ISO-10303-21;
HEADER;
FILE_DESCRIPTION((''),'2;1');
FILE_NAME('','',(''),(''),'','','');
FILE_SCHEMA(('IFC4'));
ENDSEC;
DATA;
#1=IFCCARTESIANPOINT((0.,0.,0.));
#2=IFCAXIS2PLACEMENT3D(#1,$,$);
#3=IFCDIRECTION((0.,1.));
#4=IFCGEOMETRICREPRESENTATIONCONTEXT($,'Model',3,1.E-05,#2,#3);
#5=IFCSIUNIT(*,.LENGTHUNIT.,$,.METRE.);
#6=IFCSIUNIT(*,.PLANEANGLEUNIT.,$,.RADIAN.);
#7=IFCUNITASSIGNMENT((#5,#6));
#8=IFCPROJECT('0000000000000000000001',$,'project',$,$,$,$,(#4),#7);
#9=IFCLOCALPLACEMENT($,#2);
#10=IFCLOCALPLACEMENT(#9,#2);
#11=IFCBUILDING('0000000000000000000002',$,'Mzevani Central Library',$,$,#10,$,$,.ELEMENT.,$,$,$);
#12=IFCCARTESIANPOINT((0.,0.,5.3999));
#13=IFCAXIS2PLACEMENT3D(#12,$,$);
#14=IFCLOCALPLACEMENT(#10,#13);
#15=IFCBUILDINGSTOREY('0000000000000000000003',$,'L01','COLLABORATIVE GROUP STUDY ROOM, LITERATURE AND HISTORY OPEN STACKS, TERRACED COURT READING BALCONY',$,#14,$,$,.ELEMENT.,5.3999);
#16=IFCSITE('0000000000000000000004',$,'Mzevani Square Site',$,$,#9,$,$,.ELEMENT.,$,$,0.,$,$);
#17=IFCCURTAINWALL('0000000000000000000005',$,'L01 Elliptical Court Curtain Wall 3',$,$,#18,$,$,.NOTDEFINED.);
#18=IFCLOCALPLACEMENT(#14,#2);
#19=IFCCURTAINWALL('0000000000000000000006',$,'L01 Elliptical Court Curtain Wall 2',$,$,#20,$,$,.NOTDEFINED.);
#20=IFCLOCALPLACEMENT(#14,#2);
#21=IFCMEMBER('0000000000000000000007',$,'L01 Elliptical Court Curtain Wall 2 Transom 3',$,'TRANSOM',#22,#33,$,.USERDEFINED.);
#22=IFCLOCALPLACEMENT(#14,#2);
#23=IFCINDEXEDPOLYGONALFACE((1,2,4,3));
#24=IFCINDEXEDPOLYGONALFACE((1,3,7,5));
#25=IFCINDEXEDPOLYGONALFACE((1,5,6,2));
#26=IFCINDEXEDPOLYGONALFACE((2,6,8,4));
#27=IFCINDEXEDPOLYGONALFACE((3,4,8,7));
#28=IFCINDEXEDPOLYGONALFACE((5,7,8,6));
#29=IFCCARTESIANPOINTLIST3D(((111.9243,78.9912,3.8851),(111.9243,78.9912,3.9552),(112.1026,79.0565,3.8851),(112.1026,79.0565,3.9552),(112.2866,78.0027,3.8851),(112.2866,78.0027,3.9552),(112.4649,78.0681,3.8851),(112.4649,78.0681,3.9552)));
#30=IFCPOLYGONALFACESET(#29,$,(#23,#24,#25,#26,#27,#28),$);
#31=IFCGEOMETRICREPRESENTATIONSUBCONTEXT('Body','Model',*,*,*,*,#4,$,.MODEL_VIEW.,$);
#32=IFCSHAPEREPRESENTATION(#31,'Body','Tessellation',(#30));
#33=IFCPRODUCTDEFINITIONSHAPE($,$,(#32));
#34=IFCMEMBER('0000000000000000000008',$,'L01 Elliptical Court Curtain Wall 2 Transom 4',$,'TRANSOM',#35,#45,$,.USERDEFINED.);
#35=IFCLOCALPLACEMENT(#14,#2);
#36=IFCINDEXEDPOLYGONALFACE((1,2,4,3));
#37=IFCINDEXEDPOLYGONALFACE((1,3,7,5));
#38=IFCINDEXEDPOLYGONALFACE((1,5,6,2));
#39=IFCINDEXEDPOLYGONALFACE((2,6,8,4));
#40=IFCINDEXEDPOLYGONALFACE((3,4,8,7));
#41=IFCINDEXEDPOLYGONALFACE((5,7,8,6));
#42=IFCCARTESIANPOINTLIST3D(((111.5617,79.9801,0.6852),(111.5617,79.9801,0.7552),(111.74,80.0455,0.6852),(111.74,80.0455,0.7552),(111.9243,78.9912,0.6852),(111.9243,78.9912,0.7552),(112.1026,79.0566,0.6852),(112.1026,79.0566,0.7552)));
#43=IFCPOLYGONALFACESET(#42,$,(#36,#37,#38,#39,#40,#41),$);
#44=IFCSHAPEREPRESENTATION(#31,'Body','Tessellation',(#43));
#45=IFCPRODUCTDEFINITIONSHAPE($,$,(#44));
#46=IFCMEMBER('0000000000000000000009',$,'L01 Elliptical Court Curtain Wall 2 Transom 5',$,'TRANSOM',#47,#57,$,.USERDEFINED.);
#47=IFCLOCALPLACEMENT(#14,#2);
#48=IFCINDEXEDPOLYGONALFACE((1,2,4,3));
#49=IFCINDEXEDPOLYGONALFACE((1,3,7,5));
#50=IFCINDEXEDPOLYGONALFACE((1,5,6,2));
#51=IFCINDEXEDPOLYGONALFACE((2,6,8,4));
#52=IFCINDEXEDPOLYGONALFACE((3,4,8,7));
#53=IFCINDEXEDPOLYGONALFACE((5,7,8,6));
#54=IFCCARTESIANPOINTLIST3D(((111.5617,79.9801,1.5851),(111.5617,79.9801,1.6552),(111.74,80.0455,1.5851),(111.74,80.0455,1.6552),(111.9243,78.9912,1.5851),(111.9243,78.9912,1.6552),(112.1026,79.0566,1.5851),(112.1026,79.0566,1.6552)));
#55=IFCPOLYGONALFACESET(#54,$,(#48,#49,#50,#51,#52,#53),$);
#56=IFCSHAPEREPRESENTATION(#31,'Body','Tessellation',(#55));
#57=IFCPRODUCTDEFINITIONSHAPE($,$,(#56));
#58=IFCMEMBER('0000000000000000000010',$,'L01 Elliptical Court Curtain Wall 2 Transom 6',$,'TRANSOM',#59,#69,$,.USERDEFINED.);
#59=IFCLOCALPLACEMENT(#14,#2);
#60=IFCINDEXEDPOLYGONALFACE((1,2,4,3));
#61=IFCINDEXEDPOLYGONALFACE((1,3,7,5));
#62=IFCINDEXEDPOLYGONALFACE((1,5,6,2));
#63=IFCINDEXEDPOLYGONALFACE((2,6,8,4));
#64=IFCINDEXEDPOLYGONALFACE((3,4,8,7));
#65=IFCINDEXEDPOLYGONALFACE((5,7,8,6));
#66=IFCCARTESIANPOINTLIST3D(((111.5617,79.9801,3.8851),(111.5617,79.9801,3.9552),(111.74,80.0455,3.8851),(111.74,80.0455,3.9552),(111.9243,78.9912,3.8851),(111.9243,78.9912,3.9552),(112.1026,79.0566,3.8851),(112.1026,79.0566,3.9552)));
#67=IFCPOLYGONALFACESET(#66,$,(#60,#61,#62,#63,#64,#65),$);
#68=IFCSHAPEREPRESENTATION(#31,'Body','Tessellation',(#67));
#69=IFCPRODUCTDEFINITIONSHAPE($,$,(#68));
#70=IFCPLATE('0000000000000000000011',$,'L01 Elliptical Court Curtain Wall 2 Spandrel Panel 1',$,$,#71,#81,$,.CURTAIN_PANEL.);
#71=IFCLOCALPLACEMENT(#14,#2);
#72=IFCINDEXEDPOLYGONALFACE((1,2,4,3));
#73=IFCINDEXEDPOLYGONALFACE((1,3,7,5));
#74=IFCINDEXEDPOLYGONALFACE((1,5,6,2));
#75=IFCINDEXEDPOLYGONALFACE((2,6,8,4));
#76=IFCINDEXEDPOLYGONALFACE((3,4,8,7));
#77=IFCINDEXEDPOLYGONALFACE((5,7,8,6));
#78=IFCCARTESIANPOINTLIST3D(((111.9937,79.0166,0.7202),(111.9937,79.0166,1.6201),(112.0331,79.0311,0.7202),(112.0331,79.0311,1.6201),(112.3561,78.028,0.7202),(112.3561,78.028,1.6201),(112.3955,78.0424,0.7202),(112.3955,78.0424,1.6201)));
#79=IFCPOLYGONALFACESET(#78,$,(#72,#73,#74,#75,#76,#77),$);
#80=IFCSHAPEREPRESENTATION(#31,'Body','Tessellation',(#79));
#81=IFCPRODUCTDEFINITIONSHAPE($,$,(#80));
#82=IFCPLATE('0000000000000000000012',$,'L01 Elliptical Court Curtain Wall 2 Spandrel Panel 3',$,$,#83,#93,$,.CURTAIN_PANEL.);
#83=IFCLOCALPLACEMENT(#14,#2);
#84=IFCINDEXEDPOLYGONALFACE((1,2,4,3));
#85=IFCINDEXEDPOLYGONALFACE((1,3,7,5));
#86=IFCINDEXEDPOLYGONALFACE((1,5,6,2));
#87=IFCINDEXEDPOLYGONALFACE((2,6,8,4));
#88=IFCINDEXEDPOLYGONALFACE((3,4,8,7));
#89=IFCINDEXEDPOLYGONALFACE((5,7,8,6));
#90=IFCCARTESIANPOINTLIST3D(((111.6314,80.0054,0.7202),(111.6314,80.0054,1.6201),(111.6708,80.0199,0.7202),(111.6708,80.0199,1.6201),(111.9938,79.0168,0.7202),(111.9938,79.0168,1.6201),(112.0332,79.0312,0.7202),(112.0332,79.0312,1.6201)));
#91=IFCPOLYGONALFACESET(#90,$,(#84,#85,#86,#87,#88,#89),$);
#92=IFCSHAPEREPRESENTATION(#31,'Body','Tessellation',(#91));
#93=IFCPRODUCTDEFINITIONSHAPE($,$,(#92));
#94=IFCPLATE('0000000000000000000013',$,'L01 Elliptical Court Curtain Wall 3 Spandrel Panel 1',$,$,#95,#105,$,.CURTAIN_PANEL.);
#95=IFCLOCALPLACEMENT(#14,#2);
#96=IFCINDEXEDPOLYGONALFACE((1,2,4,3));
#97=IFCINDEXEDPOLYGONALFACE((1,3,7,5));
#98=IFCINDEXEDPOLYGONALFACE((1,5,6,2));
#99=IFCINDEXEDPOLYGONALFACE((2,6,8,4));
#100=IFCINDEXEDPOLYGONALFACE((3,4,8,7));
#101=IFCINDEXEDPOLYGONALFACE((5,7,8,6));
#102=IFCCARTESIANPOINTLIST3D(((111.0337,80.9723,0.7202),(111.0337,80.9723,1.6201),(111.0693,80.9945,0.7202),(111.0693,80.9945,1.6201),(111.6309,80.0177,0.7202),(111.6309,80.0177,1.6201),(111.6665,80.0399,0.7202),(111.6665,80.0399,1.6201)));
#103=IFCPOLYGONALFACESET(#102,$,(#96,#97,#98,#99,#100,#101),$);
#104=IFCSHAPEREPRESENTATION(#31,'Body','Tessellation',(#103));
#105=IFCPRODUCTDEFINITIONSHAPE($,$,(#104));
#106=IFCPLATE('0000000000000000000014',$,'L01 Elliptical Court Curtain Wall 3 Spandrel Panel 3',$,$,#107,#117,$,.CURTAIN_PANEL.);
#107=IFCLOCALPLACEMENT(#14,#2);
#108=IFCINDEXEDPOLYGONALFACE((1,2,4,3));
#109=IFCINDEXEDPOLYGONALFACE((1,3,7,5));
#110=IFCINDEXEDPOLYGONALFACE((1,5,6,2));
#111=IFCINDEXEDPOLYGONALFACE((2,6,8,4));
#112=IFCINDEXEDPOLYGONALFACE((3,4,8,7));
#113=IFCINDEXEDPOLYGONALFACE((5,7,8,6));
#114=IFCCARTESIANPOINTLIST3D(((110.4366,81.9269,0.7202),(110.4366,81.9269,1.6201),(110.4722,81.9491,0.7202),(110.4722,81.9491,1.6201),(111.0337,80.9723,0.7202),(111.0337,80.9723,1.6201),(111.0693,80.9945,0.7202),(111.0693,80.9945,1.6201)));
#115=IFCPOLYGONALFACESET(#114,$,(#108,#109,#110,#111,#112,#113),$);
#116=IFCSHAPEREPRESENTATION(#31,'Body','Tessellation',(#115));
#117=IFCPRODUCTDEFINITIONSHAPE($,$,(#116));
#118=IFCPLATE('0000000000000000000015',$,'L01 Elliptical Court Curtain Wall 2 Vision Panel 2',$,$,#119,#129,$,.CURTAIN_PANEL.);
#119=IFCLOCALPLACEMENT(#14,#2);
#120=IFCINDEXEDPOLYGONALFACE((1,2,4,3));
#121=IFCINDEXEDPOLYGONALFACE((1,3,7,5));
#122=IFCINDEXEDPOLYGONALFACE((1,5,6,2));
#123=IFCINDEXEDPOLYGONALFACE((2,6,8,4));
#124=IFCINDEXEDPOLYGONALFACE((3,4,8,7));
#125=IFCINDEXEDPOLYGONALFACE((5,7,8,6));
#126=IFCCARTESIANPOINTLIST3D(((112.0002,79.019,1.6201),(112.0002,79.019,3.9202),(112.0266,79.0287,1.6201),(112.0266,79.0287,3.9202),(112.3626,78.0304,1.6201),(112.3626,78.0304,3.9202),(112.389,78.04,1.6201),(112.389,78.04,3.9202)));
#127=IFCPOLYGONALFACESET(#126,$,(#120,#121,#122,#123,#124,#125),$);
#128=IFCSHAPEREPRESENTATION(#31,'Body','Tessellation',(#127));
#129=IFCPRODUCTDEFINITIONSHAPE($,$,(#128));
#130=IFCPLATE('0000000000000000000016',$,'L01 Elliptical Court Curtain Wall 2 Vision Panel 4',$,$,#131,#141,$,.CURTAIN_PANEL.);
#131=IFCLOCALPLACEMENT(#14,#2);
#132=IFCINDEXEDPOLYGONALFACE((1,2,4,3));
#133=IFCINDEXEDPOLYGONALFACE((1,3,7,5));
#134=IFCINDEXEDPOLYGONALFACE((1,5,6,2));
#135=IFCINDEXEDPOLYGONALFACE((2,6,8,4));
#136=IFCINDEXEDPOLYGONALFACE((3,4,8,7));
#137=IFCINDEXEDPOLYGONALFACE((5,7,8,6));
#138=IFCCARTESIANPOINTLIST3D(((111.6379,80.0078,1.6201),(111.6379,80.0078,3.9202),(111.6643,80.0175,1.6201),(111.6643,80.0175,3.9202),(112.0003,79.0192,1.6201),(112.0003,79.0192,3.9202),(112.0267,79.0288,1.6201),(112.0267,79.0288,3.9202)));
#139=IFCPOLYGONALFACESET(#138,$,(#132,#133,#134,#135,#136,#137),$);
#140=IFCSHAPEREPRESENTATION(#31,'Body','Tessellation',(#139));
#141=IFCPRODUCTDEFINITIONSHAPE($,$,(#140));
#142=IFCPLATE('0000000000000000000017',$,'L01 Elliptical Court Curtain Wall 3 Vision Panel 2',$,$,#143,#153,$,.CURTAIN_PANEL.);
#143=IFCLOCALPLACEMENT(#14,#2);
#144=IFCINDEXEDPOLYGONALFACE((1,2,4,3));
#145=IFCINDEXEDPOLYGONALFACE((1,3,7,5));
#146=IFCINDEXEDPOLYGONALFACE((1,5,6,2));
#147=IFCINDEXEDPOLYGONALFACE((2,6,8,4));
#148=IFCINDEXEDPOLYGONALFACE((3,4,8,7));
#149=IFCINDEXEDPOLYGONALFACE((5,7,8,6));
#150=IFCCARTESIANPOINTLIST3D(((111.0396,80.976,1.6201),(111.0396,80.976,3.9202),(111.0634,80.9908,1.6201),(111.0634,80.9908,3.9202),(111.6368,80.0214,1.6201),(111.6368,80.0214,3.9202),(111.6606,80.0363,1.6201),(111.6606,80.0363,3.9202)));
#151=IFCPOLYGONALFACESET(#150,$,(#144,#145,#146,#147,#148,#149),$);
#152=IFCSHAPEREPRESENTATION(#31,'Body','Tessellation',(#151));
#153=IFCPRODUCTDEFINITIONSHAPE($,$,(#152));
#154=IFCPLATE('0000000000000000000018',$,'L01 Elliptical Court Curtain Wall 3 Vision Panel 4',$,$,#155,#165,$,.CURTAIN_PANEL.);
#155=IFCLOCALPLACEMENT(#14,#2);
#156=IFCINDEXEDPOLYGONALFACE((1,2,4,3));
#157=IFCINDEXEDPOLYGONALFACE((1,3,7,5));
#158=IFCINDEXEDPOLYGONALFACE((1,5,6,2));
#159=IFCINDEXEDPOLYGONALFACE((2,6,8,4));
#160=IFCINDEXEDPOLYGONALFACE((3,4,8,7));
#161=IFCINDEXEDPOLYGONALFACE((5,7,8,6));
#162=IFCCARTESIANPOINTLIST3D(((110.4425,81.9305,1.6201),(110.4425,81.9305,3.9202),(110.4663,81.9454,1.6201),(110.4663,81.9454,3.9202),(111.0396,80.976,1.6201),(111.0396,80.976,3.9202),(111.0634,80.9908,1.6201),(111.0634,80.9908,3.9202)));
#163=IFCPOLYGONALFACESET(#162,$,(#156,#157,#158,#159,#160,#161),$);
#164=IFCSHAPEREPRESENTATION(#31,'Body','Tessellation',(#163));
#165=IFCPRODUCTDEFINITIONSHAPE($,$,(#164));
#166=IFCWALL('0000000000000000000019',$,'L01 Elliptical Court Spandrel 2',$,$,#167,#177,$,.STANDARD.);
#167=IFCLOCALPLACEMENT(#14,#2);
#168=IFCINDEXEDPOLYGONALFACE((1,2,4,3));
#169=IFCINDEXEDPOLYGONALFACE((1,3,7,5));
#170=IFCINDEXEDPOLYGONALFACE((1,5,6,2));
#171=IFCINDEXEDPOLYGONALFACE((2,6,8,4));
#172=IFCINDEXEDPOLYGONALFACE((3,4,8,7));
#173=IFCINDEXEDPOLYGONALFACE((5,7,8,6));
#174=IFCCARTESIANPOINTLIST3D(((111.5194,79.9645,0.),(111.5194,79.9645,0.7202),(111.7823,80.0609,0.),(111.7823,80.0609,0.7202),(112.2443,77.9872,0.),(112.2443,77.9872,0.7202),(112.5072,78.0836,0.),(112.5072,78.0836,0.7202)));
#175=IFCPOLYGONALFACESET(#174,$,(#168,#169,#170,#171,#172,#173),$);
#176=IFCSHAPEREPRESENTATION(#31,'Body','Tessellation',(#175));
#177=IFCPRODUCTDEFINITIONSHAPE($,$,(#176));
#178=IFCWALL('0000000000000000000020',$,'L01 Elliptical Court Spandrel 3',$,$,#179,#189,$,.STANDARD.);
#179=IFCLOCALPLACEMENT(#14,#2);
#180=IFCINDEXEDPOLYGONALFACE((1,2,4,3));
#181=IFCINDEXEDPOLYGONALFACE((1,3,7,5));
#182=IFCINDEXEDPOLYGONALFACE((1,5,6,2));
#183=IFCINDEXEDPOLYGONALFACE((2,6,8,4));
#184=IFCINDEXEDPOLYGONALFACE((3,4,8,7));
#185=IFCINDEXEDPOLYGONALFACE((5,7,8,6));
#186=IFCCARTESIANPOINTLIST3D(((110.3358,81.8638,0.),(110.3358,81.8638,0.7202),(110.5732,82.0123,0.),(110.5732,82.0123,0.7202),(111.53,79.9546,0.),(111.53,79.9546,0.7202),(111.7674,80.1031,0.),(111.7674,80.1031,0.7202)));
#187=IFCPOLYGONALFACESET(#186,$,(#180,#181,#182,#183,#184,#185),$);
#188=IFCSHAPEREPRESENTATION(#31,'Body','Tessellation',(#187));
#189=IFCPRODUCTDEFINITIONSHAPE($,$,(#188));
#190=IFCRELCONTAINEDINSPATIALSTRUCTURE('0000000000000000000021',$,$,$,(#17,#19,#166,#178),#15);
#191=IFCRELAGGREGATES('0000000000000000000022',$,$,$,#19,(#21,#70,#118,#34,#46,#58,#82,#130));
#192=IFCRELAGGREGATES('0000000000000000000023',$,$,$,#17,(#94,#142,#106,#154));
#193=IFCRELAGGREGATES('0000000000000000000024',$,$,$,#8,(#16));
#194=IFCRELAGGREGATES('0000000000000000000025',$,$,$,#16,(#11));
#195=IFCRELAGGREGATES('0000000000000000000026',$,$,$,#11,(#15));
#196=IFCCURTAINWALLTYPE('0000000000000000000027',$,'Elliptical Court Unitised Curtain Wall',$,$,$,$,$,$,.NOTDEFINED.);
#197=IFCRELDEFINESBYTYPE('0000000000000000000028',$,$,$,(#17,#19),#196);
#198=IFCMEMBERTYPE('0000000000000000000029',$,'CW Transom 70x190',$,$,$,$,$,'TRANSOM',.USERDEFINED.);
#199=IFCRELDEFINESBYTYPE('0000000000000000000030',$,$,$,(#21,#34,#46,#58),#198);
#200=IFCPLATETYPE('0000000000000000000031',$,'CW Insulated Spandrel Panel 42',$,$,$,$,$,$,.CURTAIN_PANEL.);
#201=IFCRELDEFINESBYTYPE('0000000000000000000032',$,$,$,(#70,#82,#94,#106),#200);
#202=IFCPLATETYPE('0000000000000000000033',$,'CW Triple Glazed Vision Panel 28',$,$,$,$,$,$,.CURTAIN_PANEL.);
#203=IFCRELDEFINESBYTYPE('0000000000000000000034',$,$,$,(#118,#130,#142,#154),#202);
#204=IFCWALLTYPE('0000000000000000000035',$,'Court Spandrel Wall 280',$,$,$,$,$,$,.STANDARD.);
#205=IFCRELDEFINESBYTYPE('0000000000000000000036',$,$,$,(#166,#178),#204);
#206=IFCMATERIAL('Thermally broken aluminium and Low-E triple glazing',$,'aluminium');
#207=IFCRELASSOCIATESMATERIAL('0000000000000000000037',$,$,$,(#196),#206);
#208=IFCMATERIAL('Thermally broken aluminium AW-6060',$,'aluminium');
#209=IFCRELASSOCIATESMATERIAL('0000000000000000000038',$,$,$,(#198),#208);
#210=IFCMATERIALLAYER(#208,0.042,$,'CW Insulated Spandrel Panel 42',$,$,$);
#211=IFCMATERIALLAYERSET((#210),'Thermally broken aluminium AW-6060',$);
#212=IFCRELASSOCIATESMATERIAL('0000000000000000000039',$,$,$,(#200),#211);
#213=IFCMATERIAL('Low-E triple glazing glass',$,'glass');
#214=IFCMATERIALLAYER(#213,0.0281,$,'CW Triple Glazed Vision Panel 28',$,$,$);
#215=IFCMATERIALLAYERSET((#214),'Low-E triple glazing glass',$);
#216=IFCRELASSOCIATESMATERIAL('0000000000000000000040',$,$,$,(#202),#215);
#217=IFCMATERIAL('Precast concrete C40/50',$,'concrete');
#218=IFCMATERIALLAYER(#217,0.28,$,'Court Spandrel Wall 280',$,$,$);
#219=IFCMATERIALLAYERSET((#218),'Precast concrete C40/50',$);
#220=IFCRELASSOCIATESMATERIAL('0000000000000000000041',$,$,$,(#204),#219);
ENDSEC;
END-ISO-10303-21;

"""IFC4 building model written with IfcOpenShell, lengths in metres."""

from ifc_helpers import new_model, si_unit, direction, frame, frame_2d, origin, origin_2d, place, context, subcontext, project, spatial, rectangle, extrude, material, layer, layer_set, material_profile, profile_set, type_object, element, aggregate, save


model = new_model("IFC4")

# Units and contexts
model_context = context("Model", 3, precision=1e-05, world=origin(), true_north=direction((0.0, 1.0)))
body_context = subcontext(model_context, "Body", "Model", "MODEL_VIEW")
ifc_project = project(units=[si_unit("LENGTHUNIT", "METRE"), si_unit("PLANEANGLEUNIT", "RADIAN")], contexts=[model_context])

# Site, building, storey
site_placement = place(None, origin())
site = spatial("IfcSite", under=ifc_project, at=site_placement, Name="Mzevani Square Site", CompositionType="ELEMENT", RefElevation=0.0)
building_placement = place(site_placement, origin())
building = spatial("IfcBuilding", under=site, at=building_placement, Name="Mzevani Central Library", CompositionType="ELEMENT")
storey_placement = place(building_placement, frame((0.0, 0.0, 5.3999)))
storey = spatial("IfcBuildingStorey", under=building, at=storey_placement, Name="L01", Description="COLLABORATIVE GROUP STUDY ROOM, LITERATURE AND HISTORY OPEN STACKS, TERRACED COURT READING BALCONY", CompositionType="ELEMENT", Elevation=5.3999)

# Curtain wall
ifc_material_1 = material(Name="Thermally broken aluminium and Low-E triple glazing", Category="aluminium")
curtain_wall_type_1 = type_object("IfcCurtainWallType", Name="Elliptical Court Unitised Curtain Wall", PredefinedType="NOTDEFINED", material=ifc_material_1)
curtain_wall_1_placement = place(storey_placement, origin())
curtain_wall_1 = element("IfcCurtainWall", 1, at=curtain_wall_1_placement, inside=storey, type_object=curtain_wall_type_1, Name="L01 Elliptical Court Curtain Wall 3", PredefinedType="NOTDEFINED")
ifc_material_2 = material(Name="Thermally broken aluminium AW-6060", Category="aluminium")

# Curtain wall
curtain_wall_2_placement = place(storey_placement, origin())
curtain_wall_2 = element("IfcCurtainWall", 2, at=curtain_wall_2_placement, inside=storey, type_object=curtain_wall_type_1, Name="L01 Elliptical Court Curtain Wall 2", PredefinedType="NOTDEFINED")

# Members
ifc_material_profile_1 = material_profile(ifc_material_2, rectangle(XDim=0.1899, YDim=0.0701, at=origin_2d()), Name="ALU T70x190")
ifc_profile_set_1 = profile_set([ifc_material_profile_1], Name="Thermally broken aluminium AW-6060")
member_type_1 = type_object("IfcMemberType", Name="CW Transom 70x190", ElementType="TRANSOM", PredefinedType="USERDEFINED", material=ifc_profile_set_1)
member_1_placement = place(storey_placement, frame((112.3757, 78.0354, 3.9202), z_axis=(-0.344125, 0.938924, 0.0), x_axis=(-0.938924, -0.344125, 0.0)))
member_1 = element("IfcMember", 3, at=member_1_placement, type_object=member_type_1, Name="L01 Elliptical Court Curtain Wall 2 Transom 3", ObjectType="TRANSOM", PredefinedType="USERDEFINED", context=body_context, shape_type="SweptSolid", body=[
    extrude(rectangle(XDim=0.1899, YDim=0.0701, at=origin_2d()), origin(), (0.0, 0.0, 1.0), 1.0527),
])
member_2_placement = place(storey_placement, frame((112.0134, 79.0239, 0.7202), z_axis=(-0.344255, 0.938876, 0.0), x_axis=(-0.938876, -0.344255, 0.0)))
member_2 = element("IfcMember", 4, at=member_2_placement, type_object=member_type_1, Name="L01 Elliptical Court Curtain Wall 2 Transom 4", ObjectType="TRANSOM", PredefinedType="USERDEFINED", context=body_context, shape_type="SweptSolid", body=[
    extrude(rectangle(XDim=0.1899, YDim=0.0701, at=origin_2d()), origin(), (0.0, 0.0, 1.0), 1.0532),
])
member_3_placement = place(storey_placement, frame((112.0134, 79.0239, 1.6201), z_axis=(-0.344255, 0.938876, 0.0), x_axis=(-0.938876, -0.344255, 0.0)))
member_3 = element("IfcMember", 5, at=member_3_placement, type_object=member_type_1, Name="L01 Elliptical Court Curtain Wall 2 Transom 5", ObjectType="TRANSOM", PredefinedType="USERDEFINED", context=body_context, shape_type="SweptSolid", body=[
    extrude(rectangle(XDim=0.1899, YDim=0.0701, at=origin_2d()), origin(), (0.0, 0.0, 1.0), 1.0532),
])
member_4_placement = place(storey_placement, frame((112.0134, 79.0239, 3.9202), z_axis=(-0.344255, 0.938876, 0.0), x_axis=(-0.938876, -0.344255, 0.0)))
member_4 = element("IfcMember", 6, at=member_4_placement, type_object=member_type_1, Name="L01 Elliptical Court Curtain Wall 2 Transom 6", ObjectType="TRANSOM", PredefinedType="USERDEFINED", context=body_context, shape_type="SweptSolid", body=[
    extrude(rectangle(XDim=0.1899, YDim=0.0701, at=origin_2d()), origin(), (0.0, 0.0, 1.0), 1.0532),
])

# Plates
ifc_layer_1 = layer(ifc_material_2, 0.042, Name="CW Insulated Spandrel Panel 42")
ifc_layer_set_1 = layer_set([ifc_layer_1], Name="Thermally broken aluminium AW-6060")
plate_type_1 = type_object("IfcPlateType", Name="CW Insulated Spandrel Panel 42", PredefinedType="CURTAIN_PANEL", material=ifc_layer_set_1)
plate_1_placement = place(storey_placement, frame((112.1946, 78.5295, 0.7202), z_axis=(0.0, 0.0, 1.0), x_axis=(-0.344166, 0.938909, 0.0)))
plate_1 = element("IfcPlate", 7, at=plate_1_placement, type_object=plate_type_1, Name="L01 Elliptical Court Curtain Wall 2 Spandrel Panel 1", PredefinedType="CURTAIN_PANEL", context=body_context, shape_type="SweptSolid", body=[
    extrude(rectangle(XDim=1.053, YDim=0.042, at=origin_2d()), origin(), (0.0, 0.0, 1.0), 0.8999),
])
plate_2_placement = place(storey_placement, frame((111.8323, 79.5183, 0.7202), z_axis=(0.0, 0.0, 1.0), x_axis=(-0.344166, 0.938909, 0.0)))
plate_2 = element("IfcPlate", 8, at=plate_2_placement, type_object=plate_type_1, Name="L01 Elliptical Court Curtain Wall 2 Spandrel Panel 3", PredefinedType="CURTAIN_PANEL", context=body_context, shape_type="SweptSolid", body=[
    extrude(rectangle(XDim=1.053, YDim=0.042, at=origin_2d()), origin(), (0.0, 0.0, 1.0), 0.8999),
])
plate_3_placement = place(storey_placement, frame((111.3501, 80.5061, 0.7202), z_axis=(0.0, 0.0, 1.0), x_axis=(-0.530343, 0.847783, 0.0)))
plate_3 = element("IfcPlate", 9, at=plate_3_placement, type_object=plate_type_1, Name="L01 Elliptical Court Curtain Wall 3 Spandrel Panel 1", PredefinedType="CURTAIN_PANEL", context=body_context, shape_type="SweptSolid", body=[
    extrude(rectangle(XDim=1.126, YDim=0.042, at=origin_2d()), origin(), (0.0, 0.0, 1.0), 0.8999),
])
plate_4_placement = place(storey_placement, frame((110.7529, 81.4607, 0.7202), z_axis=(0.0, 0.0, 1.0), x_axis=(-0.530343, 0.847783, 0.0)))
plate_4 = element("IfcPlate", 10, at=plate_4_placement, type_object=plate_type_1, Name="L01 Elliptical Court Curtain Wall 3 Spandrel Panel 3", PredefinedType="CURTAIN_PANEL", context=body_context, shape_type="SweptSolid", body=[
    extrude(rectangle(XDim=1.126, YDim=0.042, at=origin_2d()), origin(), (0.0, 0.0, 1.0), 0.8999),
])
ifc_material_3 = material(Name="Low-E triple glazing glass", Category="glass")
ifc_layer_2 = layer(ifc_material_3, 0.0281, Name="CW Triple Glazed Vision Panel 28")
ifc_layer_set_2 = layer_set([ifc_layer_2], Name="Low-E triple glazing glass")
plate_type_2 = type_object("IfcPlateType", Name="CW Triple Glazed Vision Panel 28", PredefinedType="CURTAIN_PANEL", material=ifc_layer_set_2)
plate_5_placement = place(storey_placement, frame((112.1946, 78.5295, 1.6201), z_axis=(0.0, 0.0, 1.0), x_axis=(-0.344166, 0.938909, 0.0)))
plate_5 = element("IfcPlate", 11, at=plate_5_placement, type_object=plate_type_2, Name="L01 Elliptical Court Curtain Wall 2 Vision Panel 2", PredefinedType="CURTAIN_PANEL", context=body_context, shape_type="SweptSolid", body=[
    extrude(rectangle(XDim=1.053, YDim=0.0281, at=origin_2d()), origin(), (0.0, 0.0, 1.0), 2.3),
])
plate_6_placement = place(storey_placement, frame((111.8323, 79.5183, 1.6201), z_axis=(0.0, 0.0, 1.0), x_axis=(-0.344166, 0.938909, 0.0)))
plate_6 = element("IfcPlate", 12, at=plate_6_placement, type_object=plate_type_2, Name="L01 Elliptical Court Curtain Wall 2 Vision Panel 4", PredefinedType="CURTAIN_PANEL", context=body_context, shape_type="SweptSolid", body=[
    extrude(rectangle(XDim=1.053, YDim=0.0281, at=origin_2d()), origin(), (0.0, 0.0, 1.0), 2.3),
])
aggregate(curtain_wall_2, [member_1, plate_1, plate_5, member_2, member_3, member_4, plate_2, plate_6])
plate_7_placement = place(storey_placement, frame((111.3501, 80.5061, 1.6201), z_axis=(0.0, 0.0, 1.0), x_axis=(-0.530343, 0.847783, 0.0)))
plate_7 = element("IfcPlate", 13, at=plate_7_placement, type_object=plate_type_2, Name="L01 Elliptical Court Curtain Wall 3 Vision Panel 2", PredefinedType="CURTAIN_PANEL", context=body_context, shape_type="SweptSolid", body=[
    extrude(rectangle(XDim=1.126, YDim=0.0281, at=origin_2d()), origin(), (0.0, 0.0, 1.0), 2.3),
])
plate_8_placement = place(storey_placement, frame((110.7529, 81.4607, 1.6201), z_axis=(0.0, 0.0, 1.0), x_axis=(-0.530343, 0.847783, 0.0)))
plate_8 = element("IfcPlate", 14, at=plate_8_placement, type_object=plate_type_2, Name="L01 Elliptical Court Curtain Wall 3 Vision Panel 4", PredefinedType="CURTAIN_PANEL", context=body_context, shape_type="SweptSolid", body=[
    extrude(rectangle(XDim=1.126, YDim=0.0281, at=origin_2d()), origin(), (0.0, 0.0, 1.0), 2.3),
])
aggregate(curtain_wall_1, [plate_3, plate_7, plate_4, plate_8])

# Walls
ifc_material_4 = material(Name="Precast concrete C40/50", Category="concrete")
ifc_layer_3 = layer(ifc_material_4, 0.28, Name="Court Spandrel Wall 280")
ifc_layer_set_3 = layer_set([ifc_layer_3], Name="Precast concrete C40/50")
wall_type = type_object("IfcWallType", Name="Court Spandrel Wall 280", PredefinedType="STANDARD", material=ifc_layer_set_3)
wall_1_placement = place(storey_placement, frame((112.3757, 78.0354, 0.0), z_axis=(0.0, 0.0, 1.0), x_axis=(-0.34419, 0.9389, 0.0)))
element("IfcWall", 15, at=wall_1_placement, inside=storey, type_object=wall_type, Name="L01 Elliptical Court Spandrel 2", PredefinedType="STANDARD", context=body_context, shape_type="SweptSolid", body=[
    extrude(rectangle(XDim=2.106, YDim=0.28, at=frame_2d((1.053, 0.0))), origin(), (0.0, 0.0, 1.0), 0.7202),
])
wall_2_placement = place(storey_placement, frame((111.6487, 80.0288, 0.0), z_axis=(0.0, 0.0, 1.0), x_axis=(-0.530272, 0.847828, 0.0)))
element("IfcWall", 16, at=wall_2_placement, inside=storey, type_object=wall_type, Name="L01 Elliptical Court Spandrel 3", PredefinedType="STANDARD", context=body_context, shape_type="SweptSolid", body=[
    extrude(rectangle(XDim=2.252, YDim=0.28, at=frame_2d((1.126, 0.0))), origin(), (0.0, 0.0, 1.0), 0.7202),
])

save(model, "model.ifc")
